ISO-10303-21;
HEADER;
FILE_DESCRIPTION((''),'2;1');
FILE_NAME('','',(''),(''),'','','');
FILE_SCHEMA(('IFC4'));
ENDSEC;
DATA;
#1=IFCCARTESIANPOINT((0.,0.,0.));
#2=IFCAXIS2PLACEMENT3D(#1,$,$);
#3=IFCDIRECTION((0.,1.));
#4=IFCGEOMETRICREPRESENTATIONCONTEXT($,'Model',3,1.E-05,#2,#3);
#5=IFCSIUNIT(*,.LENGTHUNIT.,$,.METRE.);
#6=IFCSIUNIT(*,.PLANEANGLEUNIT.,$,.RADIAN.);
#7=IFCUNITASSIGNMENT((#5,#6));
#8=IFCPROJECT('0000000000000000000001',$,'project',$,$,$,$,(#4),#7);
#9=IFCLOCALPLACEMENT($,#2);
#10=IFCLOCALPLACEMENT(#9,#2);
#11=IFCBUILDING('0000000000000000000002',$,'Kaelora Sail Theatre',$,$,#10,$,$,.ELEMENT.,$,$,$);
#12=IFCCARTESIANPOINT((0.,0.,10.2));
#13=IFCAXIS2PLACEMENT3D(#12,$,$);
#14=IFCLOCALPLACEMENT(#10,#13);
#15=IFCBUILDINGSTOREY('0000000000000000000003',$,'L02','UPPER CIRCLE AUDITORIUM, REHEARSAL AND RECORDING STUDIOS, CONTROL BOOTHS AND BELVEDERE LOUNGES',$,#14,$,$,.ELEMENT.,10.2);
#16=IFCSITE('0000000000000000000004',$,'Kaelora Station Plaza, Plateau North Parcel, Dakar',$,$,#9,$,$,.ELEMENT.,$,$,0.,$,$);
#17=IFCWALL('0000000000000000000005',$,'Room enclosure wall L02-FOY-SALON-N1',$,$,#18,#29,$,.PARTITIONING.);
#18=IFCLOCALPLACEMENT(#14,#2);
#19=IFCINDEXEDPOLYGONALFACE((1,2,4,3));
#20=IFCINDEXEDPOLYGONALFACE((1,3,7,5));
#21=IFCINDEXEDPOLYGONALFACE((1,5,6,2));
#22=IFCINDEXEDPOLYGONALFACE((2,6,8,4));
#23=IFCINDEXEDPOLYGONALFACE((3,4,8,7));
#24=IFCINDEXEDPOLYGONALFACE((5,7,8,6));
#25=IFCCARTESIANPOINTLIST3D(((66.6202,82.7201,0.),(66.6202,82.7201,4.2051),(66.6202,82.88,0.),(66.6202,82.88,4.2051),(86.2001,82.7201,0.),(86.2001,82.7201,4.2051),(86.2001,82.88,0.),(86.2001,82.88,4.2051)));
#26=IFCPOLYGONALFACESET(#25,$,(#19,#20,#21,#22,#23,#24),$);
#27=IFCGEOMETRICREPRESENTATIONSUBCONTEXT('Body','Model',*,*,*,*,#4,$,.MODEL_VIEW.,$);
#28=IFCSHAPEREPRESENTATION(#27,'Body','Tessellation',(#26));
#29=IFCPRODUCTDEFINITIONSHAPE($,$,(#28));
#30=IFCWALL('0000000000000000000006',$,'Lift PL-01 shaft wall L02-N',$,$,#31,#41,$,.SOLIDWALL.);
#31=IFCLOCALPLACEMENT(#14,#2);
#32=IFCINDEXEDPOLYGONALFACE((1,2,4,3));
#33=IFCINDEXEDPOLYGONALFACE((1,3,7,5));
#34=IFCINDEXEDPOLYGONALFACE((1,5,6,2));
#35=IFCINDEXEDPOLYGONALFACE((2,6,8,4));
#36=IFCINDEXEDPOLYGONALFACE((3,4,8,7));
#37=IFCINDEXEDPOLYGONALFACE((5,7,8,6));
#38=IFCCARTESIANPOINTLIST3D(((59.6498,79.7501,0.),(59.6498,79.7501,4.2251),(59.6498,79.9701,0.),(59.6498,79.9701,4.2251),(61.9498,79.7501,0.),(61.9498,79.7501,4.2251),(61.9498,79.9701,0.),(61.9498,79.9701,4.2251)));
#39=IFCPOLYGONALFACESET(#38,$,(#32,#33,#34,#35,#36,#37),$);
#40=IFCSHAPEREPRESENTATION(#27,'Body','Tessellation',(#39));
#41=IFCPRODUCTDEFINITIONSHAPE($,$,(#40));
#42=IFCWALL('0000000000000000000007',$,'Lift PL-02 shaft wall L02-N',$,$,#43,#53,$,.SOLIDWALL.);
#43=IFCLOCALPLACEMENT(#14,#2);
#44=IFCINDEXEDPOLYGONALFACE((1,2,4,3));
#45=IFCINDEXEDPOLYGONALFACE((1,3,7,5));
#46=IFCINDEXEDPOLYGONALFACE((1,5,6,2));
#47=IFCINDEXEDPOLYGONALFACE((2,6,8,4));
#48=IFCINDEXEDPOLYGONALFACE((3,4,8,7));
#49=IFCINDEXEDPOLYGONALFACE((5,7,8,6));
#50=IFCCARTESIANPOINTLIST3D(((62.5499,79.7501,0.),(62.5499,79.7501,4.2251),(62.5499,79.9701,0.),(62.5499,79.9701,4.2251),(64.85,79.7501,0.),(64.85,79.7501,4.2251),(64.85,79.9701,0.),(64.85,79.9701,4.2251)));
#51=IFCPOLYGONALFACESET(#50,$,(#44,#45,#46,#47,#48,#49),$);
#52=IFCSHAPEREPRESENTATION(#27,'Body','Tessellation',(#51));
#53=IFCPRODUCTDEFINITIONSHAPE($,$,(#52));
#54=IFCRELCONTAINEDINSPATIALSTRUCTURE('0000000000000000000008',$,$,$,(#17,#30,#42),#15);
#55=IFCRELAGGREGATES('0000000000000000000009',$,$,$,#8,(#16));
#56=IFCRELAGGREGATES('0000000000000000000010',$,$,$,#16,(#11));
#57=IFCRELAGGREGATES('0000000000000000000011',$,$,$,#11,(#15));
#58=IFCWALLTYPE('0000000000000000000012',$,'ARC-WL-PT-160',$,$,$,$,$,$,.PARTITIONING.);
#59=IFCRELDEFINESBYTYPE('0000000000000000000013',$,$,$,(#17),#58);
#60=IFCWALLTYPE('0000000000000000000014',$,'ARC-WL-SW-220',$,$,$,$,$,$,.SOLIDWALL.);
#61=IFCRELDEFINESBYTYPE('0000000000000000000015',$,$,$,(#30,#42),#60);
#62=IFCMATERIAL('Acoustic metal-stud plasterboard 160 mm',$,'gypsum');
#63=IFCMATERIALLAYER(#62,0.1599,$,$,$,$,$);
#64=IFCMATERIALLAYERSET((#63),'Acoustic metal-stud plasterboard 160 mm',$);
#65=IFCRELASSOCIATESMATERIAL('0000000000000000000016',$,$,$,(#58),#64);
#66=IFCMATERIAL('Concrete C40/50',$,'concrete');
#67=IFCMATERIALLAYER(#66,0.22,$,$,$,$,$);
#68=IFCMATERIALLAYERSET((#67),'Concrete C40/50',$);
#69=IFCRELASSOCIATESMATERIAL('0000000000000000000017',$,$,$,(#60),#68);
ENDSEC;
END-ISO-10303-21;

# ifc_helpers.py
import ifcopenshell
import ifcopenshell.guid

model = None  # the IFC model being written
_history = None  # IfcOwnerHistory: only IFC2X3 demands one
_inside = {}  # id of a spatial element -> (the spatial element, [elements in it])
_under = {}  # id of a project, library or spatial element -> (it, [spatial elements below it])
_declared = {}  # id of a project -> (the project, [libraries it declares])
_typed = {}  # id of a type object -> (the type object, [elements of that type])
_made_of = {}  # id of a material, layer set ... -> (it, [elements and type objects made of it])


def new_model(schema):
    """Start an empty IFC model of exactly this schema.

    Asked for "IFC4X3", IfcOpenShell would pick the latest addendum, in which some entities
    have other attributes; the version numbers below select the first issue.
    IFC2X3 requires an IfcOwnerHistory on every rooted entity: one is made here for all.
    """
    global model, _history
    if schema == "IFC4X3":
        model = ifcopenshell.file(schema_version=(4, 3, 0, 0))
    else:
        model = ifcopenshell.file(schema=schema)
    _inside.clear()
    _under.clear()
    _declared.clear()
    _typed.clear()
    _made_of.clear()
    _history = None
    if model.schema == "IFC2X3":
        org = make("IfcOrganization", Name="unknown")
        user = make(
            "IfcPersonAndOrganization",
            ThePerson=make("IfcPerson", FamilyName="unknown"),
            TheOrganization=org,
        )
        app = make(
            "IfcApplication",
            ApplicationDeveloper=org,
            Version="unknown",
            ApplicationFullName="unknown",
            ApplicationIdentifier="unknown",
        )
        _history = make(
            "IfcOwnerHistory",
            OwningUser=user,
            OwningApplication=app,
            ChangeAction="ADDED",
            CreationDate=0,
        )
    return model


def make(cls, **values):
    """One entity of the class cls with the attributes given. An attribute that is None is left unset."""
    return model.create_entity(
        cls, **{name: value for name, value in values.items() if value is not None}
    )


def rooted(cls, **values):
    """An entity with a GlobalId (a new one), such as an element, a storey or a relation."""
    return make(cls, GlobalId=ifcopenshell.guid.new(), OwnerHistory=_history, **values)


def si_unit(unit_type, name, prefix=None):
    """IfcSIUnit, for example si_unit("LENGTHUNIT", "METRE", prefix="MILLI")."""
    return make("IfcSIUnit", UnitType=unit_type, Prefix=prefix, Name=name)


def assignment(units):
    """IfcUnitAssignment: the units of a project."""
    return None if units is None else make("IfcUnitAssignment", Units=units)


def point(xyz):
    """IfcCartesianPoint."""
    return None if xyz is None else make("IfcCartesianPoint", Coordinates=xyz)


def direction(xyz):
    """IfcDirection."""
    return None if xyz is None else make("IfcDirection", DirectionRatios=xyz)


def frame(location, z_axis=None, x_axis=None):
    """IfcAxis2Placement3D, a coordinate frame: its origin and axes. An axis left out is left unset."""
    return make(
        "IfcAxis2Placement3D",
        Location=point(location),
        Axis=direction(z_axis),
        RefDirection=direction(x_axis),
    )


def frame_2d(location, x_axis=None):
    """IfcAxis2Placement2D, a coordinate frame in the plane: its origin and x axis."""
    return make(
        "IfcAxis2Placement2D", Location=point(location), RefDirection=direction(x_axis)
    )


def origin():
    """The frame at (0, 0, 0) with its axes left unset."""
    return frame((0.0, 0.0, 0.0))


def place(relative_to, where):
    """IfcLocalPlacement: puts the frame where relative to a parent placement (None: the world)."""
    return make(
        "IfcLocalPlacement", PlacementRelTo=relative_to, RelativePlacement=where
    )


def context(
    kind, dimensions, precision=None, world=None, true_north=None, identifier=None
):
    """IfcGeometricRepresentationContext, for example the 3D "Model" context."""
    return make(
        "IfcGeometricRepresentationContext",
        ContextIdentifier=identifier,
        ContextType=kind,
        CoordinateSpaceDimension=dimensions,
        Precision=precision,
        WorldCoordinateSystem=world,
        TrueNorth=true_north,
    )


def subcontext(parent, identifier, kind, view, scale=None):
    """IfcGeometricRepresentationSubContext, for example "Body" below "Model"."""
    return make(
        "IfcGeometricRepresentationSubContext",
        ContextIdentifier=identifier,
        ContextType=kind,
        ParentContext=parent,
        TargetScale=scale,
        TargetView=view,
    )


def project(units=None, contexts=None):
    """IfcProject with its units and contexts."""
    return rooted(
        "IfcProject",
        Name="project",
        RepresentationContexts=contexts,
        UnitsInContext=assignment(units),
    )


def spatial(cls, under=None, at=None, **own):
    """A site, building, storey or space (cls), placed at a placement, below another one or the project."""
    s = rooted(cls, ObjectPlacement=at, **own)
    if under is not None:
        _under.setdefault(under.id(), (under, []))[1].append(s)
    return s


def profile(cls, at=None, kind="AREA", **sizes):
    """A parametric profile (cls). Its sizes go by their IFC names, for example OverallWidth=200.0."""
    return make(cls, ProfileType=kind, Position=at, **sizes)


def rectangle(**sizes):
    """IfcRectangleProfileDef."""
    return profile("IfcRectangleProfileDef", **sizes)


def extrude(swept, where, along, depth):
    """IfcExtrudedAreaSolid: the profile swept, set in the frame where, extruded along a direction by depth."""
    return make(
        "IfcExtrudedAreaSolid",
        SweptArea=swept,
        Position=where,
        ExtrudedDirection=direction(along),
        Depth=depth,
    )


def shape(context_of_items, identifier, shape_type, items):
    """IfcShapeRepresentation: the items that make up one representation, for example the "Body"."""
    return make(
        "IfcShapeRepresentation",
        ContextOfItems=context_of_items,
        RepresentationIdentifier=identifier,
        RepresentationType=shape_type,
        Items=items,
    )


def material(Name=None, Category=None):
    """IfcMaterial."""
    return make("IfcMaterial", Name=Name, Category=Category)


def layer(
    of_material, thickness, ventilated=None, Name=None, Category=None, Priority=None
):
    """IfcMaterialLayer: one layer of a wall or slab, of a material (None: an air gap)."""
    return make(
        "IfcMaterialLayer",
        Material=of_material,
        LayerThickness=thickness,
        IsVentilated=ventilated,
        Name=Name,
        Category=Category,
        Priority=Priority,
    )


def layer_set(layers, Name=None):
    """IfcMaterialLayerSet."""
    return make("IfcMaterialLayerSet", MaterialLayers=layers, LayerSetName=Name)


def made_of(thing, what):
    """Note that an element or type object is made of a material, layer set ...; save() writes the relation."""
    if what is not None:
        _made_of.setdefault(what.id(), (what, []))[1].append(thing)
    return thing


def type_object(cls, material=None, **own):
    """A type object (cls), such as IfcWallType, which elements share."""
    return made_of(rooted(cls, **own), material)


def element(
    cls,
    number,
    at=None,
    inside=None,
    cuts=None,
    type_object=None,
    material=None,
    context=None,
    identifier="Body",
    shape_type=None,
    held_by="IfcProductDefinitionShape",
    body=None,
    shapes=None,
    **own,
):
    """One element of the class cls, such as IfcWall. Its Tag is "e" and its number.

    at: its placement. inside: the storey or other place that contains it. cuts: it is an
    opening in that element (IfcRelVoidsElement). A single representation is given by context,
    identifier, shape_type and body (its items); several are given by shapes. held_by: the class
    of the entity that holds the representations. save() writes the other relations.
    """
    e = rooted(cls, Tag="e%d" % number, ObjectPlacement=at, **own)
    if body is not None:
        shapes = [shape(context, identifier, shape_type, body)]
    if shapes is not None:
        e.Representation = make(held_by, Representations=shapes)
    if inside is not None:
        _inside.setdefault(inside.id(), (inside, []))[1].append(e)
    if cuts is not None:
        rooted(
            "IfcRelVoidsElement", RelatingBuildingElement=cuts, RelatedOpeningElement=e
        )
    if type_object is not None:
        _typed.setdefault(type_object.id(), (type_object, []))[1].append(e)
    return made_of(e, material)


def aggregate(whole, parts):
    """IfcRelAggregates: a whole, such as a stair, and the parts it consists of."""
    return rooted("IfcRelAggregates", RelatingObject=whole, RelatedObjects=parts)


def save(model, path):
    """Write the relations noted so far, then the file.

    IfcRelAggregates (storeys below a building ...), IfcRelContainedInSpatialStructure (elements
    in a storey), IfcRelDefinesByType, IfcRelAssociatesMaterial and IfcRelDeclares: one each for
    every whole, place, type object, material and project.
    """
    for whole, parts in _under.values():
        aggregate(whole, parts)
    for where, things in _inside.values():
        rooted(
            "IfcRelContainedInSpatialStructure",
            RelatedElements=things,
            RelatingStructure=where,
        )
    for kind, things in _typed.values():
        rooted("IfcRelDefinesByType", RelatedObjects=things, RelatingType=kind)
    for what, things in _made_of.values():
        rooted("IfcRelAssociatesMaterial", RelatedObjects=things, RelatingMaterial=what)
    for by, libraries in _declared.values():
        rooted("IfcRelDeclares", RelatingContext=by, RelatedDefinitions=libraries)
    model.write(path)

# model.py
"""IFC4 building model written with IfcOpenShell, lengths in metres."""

from ifc_helpers import new_model, si_unit, direction, frame, frame_2d, origin, place, context, subcontext, project, spatial, rectangle, extrude, material, layer, layer_set, type_object, element, save


model = new_model("IFC4")

# Units and contexts
model_context = context("Model", 3, precision=1e-05, world=origin(), true_north=direction((0.0, 1.0)))
body_context = subcontext(model_context, "Body", "Model", "MODEL_VIEW")
ifc_project = project(units=[si_unit("LENGTHUNIT", "METRE"), si_unit("PLANEANGLEUNIT", "RADIAN")], contexts=[model_context])

# Site, building, storey
site_placement = place(None, origin())
site = spatial("IfcSite", under=ifc_project, at=site_placement, Name="Kaelora Station Plaza, Plateau North Parcel, Dakar", CompositionType="ELEMENT", RefElevation=0.0)
building_placement = place(site_placement, origin())
building = spatial("IfcBuilding", under=site, at=building_placement, Name="Kaelora Sail Theatre", CompositionType="ELEMENT")
storey_placement = place(building_placement, frame((0.0, 0.0, 10.2)))
storey = spatial("IfcBuildingStorey", under=building, at=storey_placement, Name="L02", Description="UPPER CIRCLE AUDITORIUM, REHEARSAL AND RECORDING STUDIOS, CONTROL BOOTHS AND BELVEDERE LOUNGES", CompositionType="ELEMENT", Elevation=10.2)

# Walls
ifc_material_1 = material(Name="Acoustic metal-stud plasterboard 160 mm", Category="gypsum")
ifc_layer_1 = layer(ifc_material_1, 0.1599)
ifc_layer_set_1 = layer_set([ifc_layer_1], Name="Acoustic metal-stud plasterboard 160 mm")
wall_type_1 = type_object("IfcWallType", Name="ARC-WL-PT-160", PredefinedType="PARTITIONING", material=ifc_layer_set_1)
wall_1_placement = place(storey_placement, frame((66.6201, 82.8, 0.0), z_axis=(0.0, 0.0, 1.0), x_axis=(1.0, 0.0, 0.0)))
element("IfcWall", 1, at=wall_1_placement, inside=storey, type_object=wall_type_1, Name="Room enclosure wall L02-FOY-SALON-N1", PredefinedType="PARTITIONING", context=body_context, shape_type="SweptSolid", body=[
    extrude(rectangle(XDim=19.5798, YDim=0.1599, at=frame_2d((9.79, 0.0))), origin(), (0.0, 0.0, 1.0), 4.2051),
])
ifc_material_2 = material(Name="Concrete C40/50", Category="concrete")
ifc_layer_2 = layer(ifc_material_2, 0.22)
ifc_layer_set_2 = layer_set([ifc_layer_2], Name="Concrete C40/50")
wall_type_2 = type_object("IfcWallType", Name="ARC-WL-SW-220", PredefinedType="SOLIDWALL", material=ifc_layer_set_2)
for number, where, z_axis, x_axis, name in (
    (2, (59.6499, 79.8601, 0.0), (0.0, 0.0, 1.0), (1.0, 0.0, 0.0), "Lift PL-01 shaft wall L02-N"),
    (3, (62.55, 79.8601, 0.0), (0.0, 0.0, 1.0), (1.0, 0.0, 0.0), "Lift PL-02 shaft wall L02-N"),
):
    element("IfcWall", number, at=place(storey_placement, frame(where, z_axis=z_axis, x_axis=x_axis)), inside=storey, type_object=wall_type_2, Name=name, PredefinedType="SOLIDWALL", context=body_context, shape_type="SweptSolid", body=[
        extrude(rectangle(XDim=2.3, YDim=0.22, at=frame_2d((1.1499, 0.0))), origin(), (0.0, 0.0, 1.0), 4.2251),
    ])

save(model, "model.ifc")
